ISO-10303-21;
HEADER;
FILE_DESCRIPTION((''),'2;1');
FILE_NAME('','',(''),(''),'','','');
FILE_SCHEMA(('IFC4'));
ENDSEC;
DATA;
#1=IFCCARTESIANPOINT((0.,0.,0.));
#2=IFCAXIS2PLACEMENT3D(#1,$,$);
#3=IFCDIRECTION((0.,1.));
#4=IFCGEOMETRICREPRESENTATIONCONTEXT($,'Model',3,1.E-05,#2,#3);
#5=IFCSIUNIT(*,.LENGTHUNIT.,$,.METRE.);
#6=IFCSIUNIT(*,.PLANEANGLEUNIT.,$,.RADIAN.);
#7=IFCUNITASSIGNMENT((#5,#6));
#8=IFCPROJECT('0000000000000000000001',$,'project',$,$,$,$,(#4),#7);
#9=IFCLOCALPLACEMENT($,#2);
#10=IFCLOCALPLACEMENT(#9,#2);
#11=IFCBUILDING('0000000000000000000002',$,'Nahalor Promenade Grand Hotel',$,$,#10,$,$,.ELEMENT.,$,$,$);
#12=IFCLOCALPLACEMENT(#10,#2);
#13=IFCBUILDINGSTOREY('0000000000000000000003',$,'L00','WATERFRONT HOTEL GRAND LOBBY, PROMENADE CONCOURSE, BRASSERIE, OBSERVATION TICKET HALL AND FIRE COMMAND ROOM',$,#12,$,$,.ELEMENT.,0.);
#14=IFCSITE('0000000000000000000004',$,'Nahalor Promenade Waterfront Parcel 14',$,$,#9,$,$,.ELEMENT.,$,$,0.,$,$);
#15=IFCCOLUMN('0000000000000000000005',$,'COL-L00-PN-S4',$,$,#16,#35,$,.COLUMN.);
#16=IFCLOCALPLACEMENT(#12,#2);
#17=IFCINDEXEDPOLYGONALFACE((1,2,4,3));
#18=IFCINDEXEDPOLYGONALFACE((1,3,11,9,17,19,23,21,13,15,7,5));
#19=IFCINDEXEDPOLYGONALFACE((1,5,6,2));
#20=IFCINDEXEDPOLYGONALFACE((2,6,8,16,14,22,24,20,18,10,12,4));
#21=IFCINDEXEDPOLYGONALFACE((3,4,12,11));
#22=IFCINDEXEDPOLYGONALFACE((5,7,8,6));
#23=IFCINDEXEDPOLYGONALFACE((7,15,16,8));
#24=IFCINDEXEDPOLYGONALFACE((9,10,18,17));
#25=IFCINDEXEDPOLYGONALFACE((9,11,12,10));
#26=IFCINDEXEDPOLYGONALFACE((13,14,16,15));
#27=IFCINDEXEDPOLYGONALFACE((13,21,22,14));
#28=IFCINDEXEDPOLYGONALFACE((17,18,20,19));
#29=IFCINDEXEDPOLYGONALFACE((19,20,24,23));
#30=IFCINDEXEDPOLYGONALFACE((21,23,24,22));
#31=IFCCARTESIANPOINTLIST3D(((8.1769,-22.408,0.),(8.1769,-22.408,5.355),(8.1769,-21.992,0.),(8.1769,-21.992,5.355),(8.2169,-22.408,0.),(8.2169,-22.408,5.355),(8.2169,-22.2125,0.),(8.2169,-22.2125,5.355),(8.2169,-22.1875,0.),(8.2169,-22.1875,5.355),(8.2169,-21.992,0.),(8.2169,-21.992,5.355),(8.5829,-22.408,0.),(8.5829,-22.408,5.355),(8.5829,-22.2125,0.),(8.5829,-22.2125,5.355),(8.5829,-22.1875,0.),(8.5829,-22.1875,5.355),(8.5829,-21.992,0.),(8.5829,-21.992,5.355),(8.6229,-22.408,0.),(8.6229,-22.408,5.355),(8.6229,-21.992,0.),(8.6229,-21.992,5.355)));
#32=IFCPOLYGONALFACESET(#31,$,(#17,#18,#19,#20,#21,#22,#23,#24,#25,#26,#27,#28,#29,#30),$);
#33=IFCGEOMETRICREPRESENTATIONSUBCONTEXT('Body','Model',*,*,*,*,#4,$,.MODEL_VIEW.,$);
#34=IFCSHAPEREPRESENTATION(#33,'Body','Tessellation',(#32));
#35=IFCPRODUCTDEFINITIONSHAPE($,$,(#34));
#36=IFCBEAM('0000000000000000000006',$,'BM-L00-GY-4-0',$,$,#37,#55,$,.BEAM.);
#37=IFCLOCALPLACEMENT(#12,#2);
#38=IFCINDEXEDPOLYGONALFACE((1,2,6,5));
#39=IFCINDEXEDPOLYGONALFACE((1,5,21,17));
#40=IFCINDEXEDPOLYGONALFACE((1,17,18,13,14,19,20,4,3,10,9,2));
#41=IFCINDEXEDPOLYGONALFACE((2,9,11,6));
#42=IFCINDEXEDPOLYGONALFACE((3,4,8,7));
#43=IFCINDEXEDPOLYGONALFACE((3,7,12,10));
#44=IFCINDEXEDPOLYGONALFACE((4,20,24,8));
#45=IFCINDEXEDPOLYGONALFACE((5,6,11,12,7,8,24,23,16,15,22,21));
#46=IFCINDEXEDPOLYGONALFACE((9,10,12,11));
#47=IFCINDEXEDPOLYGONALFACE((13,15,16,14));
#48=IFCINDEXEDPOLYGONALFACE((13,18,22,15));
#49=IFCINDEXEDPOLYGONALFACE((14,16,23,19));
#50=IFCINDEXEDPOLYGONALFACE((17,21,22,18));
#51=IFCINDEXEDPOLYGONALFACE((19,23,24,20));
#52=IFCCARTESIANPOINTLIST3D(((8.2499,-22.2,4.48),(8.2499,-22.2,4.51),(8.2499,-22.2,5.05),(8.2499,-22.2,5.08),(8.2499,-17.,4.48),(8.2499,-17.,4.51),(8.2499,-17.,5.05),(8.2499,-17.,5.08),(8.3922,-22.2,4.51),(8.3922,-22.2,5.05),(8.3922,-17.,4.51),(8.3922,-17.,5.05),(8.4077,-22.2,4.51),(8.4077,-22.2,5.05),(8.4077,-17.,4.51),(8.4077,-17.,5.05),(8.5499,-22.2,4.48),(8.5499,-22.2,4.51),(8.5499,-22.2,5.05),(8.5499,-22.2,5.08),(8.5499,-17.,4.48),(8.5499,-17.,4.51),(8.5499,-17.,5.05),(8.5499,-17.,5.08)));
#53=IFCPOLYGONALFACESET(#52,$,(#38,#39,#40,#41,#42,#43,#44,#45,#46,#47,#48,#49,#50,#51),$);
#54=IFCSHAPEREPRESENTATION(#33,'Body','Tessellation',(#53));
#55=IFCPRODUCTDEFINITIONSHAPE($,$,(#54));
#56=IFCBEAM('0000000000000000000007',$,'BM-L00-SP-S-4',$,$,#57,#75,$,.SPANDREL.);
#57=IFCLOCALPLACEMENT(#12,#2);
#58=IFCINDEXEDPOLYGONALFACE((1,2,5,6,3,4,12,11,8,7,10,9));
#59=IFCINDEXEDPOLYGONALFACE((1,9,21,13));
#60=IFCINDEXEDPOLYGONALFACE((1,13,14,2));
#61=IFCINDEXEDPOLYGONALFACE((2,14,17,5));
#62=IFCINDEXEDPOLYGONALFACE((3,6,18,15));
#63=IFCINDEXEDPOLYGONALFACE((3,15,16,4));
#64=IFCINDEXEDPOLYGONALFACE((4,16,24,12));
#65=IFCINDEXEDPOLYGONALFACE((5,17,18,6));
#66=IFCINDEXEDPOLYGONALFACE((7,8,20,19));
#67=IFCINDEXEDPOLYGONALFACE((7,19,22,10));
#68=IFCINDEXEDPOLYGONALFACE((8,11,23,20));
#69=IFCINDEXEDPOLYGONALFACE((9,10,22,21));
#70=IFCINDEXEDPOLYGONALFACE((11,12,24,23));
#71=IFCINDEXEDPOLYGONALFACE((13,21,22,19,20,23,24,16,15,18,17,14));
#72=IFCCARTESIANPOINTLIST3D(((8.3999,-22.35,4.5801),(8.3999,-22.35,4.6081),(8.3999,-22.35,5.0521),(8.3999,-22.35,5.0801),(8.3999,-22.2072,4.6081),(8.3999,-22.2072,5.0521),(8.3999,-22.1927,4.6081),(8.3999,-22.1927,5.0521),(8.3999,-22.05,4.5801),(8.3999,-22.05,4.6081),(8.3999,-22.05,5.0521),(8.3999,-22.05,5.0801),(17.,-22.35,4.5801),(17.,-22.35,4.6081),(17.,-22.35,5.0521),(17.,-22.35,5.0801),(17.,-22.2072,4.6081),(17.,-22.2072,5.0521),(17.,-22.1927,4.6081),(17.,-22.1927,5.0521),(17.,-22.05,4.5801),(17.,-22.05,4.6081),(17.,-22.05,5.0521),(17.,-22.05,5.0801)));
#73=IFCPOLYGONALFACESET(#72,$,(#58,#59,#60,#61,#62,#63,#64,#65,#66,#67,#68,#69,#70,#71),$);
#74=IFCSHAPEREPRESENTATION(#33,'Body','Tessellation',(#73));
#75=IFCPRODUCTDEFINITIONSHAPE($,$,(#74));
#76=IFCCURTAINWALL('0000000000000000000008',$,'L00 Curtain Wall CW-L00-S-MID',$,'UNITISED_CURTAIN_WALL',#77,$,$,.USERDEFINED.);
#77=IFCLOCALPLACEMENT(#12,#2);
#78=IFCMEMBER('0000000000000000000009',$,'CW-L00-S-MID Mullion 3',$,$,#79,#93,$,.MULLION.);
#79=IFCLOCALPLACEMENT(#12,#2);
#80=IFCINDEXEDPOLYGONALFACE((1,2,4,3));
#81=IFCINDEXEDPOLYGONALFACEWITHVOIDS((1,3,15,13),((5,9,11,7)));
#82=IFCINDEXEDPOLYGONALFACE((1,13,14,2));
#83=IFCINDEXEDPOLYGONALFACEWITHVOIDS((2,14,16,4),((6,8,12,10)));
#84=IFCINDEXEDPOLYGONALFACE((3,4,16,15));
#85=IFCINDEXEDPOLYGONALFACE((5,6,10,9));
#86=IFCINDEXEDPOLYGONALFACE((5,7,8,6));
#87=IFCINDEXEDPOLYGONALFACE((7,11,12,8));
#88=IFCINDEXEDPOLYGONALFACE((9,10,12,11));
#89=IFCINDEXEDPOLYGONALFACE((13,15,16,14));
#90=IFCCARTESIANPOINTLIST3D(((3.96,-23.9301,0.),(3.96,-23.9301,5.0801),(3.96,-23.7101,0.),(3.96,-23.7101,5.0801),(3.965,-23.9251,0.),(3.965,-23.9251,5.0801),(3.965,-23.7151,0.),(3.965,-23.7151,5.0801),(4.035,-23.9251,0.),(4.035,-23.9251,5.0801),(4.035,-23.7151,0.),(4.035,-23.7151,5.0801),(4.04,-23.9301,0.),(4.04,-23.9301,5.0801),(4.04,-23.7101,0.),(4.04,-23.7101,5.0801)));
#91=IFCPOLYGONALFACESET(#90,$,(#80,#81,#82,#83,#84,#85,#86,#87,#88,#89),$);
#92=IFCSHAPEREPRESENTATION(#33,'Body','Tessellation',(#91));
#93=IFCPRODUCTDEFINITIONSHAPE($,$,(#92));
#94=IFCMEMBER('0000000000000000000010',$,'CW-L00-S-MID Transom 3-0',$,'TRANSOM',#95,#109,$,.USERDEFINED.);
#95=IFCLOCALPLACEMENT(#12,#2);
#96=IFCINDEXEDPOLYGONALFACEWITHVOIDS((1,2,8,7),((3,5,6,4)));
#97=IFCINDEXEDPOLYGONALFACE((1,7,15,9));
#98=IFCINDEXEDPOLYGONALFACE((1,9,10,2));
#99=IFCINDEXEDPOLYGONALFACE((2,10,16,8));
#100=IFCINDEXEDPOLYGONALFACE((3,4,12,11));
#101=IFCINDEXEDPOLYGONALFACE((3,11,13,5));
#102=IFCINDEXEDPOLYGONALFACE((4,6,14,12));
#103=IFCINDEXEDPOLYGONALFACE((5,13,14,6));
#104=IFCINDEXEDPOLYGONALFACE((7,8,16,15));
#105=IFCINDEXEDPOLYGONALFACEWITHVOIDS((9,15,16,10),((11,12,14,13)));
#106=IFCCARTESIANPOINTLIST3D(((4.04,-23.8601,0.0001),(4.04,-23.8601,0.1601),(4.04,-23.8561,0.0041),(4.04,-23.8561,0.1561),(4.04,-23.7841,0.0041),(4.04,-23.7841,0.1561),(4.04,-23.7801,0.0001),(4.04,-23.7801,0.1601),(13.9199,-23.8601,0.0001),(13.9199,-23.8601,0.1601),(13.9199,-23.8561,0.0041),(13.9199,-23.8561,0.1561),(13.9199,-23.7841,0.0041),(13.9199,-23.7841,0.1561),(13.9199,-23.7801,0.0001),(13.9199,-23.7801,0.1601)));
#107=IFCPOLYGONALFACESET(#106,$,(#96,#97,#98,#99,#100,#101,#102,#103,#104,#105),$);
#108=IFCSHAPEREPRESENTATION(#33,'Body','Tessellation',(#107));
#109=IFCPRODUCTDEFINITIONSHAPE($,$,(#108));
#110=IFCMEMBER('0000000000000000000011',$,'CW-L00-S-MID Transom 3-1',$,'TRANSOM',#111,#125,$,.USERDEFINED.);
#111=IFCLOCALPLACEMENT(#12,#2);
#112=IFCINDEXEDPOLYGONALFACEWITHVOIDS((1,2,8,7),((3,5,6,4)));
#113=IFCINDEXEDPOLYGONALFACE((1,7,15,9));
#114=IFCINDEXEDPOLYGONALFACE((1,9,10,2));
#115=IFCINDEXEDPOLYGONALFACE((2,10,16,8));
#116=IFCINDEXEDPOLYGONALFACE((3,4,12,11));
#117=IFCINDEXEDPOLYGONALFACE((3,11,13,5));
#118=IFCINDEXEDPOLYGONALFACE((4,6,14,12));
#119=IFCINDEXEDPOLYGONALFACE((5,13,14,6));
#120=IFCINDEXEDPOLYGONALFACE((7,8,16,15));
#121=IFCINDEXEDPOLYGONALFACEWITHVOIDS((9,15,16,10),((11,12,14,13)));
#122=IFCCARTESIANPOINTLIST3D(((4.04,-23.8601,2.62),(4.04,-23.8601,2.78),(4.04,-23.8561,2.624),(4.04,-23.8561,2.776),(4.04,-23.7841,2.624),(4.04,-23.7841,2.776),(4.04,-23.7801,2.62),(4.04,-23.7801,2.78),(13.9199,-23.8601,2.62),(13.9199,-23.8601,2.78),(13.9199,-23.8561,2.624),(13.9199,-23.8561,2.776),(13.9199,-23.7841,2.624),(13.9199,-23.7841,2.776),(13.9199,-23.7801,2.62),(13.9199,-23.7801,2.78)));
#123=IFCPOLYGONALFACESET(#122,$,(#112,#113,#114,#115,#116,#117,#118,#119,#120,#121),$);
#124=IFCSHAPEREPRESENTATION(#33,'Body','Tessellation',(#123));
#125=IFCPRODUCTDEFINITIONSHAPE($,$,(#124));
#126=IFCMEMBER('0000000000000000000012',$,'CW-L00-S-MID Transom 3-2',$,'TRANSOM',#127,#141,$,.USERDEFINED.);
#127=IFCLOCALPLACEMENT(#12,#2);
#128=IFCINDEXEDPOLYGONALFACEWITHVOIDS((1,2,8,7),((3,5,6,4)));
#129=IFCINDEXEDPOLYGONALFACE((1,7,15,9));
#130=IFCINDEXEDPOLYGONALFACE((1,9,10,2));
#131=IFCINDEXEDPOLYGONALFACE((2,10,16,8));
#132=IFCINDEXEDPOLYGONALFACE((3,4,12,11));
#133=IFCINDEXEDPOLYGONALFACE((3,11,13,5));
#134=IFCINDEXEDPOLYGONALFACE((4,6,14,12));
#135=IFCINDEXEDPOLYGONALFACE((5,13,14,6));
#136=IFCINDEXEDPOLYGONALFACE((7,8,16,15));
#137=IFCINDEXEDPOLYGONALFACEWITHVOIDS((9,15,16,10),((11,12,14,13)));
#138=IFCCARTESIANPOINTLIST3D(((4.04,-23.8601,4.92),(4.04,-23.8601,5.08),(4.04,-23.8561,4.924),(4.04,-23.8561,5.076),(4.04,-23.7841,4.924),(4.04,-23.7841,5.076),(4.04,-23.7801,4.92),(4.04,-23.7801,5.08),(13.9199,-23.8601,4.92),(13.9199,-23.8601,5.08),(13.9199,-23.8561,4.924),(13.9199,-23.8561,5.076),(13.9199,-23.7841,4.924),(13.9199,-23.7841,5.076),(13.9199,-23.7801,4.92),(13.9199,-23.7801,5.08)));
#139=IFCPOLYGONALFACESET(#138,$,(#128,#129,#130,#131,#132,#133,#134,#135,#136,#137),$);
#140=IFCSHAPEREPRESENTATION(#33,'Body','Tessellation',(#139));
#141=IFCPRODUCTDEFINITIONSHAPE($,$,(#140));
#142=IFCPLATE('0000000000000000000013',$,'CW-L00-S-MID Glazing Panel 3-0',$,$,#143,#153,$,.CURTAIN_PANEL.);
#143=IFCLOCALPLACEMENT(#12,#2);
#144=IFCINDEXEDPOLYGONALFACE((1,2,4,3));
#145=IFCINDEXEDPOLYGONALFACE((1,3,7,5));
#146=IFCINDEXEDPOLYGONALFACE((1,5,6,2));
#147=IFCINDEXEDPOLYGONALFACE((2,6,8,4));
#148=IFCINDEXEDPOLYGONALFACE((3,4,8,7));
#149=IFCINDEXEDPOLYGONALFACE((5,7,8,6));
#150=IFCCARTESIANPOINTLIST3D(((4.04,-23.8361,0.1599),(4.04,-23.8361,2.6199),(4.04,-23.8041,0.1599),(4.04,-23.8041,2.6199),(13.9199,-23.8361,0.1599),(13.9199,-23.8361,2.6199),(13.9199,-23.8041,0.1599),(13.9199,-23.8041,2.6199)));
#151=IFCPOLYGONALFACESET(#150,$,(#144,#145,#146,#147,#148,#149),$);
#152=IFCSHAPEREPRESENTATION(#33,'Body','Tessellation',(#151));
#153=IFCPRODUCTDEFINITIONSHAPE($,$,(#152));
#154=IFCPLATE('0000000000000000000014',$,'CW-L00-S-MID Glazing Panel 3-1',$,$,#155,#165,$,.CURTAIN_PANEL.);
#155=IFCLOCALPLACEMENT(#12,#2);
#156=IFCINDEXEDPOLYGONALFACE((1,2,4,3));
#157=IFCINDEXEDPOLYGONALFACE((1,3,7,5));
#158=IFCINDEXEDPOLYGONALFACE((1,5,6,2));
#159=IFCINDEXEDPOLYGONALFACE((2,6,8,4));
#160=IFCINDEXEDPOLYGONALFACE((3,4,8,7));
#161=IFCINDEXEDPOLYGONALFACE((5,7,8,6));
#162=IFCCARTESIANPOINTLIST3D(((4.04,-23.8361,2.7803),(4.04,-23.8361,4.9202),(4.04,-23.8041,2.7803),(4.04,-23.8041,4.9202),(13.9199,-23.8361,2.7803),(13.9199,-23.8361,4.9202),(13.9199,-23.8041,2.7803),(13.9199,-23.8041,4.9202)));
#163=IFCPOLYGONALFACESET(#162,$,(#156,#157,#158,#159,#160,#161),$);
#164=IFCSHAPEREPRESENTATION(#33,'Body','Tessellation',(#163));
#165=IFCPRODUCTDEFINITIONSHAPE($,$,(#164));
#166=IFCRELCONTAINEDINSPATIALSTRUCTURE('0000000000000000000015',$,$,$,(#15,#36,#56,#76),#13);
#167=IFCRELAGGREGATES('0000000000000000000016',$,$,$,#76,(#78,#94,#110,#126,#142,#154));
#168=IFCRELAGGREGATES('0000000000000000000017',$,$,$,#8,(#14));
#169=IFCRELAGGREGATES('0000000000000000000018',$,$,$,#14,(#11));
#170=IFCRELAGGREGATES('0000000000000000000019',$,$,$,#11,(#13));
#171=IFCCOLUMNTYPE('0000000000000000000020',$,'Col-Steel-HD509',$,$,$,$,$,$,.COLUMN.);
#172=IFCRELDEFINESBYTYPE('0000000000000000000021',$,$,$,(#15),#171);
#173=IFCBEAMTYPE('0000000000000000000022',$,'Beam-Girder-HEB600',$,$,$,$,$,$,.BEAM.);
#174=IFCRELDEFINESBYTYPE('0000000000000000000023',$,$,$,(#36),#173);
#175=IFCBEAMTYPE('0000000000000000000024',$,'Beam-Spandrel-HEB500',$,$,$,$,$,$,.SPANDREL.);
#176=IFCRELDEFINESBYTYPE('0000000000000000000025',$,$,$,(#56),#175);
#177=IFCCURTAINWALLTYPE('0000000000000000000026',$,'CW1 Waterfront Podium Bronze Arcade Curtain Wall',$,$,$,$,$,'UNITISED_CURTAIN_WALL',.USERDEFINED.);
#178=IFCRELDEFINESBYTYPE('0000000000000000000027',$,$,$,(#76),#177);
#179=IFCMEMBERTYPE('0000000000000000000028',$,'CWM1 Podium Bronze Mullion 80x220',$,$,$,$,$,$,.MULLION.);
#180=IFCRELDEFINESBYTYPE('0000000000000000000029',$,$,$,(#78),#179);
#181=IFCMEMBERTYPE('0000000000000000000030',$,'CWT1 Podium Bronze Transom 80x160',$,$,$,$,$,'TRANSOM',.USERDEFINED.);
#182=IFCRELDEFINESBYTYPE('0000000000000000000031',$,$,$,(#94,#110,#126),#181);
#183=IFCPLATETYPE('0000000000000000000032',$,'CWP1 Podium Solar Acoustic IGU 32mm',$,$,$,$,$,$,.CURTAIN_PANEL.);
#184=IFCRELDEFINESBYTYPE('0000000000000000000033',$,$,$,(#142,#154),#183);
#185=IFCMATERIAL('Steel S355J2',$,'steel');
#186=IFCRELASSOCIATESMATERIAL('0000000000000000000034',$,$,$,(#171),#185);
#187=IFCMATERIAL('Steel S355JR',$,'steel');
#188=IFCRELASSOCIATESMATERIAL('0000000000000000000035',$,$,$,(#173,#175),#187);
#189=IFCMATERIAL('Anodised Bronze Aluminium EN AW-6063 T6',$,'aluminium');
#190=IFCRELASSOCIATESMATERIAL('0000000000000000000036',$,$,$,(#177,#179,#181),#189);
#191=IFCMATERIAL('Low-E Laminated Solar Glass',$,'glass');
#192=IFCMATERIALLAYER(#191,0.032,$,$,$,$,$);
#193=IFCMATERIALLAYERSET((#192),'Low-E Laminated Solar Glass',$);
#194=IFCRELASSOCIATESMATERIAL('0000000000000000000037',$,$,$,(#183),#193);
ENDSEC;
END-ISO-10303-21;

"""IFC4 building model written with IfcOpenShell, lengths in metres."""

from ifc_helpers import new_model, si_unit, direction, frame, origin, origin_2d, place, context, subcontext, project, spatial, rectangle, hollow_rectangle, i_section, extrude, source, transform, mapped, material, layer, layer_set, material_profile, profile_set, type_object, element, aggregate, save


model = new_model("IFC4")

# Units and contexts
model_context = context("Model", 3, precision=1e-05, world=origin(), true_north=direction((0.0, 1.0)))
body_context = subcontext(model_context, "Body", "Model", "MODEL_VIEW")
ifc_project = project(units=[si_unit("LENGTHUNIT", "METRE"), si_unit("PLANEANGLEUNIT", "RADIAN")], contexts=[model_context])

# Site, building, storey
site_placement = place(None, origin())
site = spatial("IfcSite", under=ifc_project, at=site_placement, Name="Nahalor Promenade Waterfront Parcel 14", CompositionType="ELEMENT", RefElevation=0.0)
building_placement = place(site_placement, origin())
building = spatial("IfcBuilding", under=site, at=building_placement, Name="Nahalor Promenade Grand Hotel", CompositionType="ELEMENT")
storey_placement = place(building_placement, origin())
storey = spatial("IfcBuildingStorey", under=building, at=storey_placement, Name="L00", Description="WATERFRONT HOTEL GRAND LOBBY, PROMENADE CONCOURSE, BRASSERIE, OBSERVATION TICKET HALL AND FIRE COMMAND ROOM", CompositionType="ELEMENT", Elevation=0.0)

# Column
ifc_material_1 = material(Name="Steel S355J2", Category="steel")
ifc_material_profile_1 = material_profile(ifc_material_1, i_section(OverallWidth=0.416, OverallDepth=0.446, WebThickness=0.025, FlangeThickness=0.04, at=origin_2d()), Name="HD 400x509")
ifc_profile_set_1 = profile_set([ifc_material_profile_1], Name="Steel S355J2")
column_type = type_object("IfcColumnType", Name="Col-Steel-HD509", PredefinedType="COLUMN", material=ifc_profile_set_1)
shared_shape_1 = source(origin(), body_context, "Body", "SweptSolid", [
    extrude(i_section(OverallWidth=0.416, OverallDepth=0.446, WebThickness=0.025, FlangeThickness=0.04, at=origin_2d()), origin(), (0.0, 0.0, 1.0), 5.355),
])
column_placement = place(storey_placement, frame((8.3999, -22.2, 0.0), z_axis=(0.0, 0.0, 1.0), x_axis=(0.0, 1.0, 0.0)))
element("IfcColumn", 1, at=column_placement, inside=storey, type_object=column_type, Name="COL-L00-PN-S4", PredefinedType="COLUMN", context=body_context, shape_type="MappedRepresentation", body=[
    mapped(shared_shape_1, transform((0.0, 0.0, 0.0), scale=1.0)),
])

# Beams
ifc_material_2 = material(Name="Steel S355JR", Category="steel")
ifc_material_profile_2 = material_profile(ifc_material_2, i_section(OverallWidth=0.3, OverallDepth=0.6, WebThickness=0.0155, FlangeThickness=0.03, at=origin_2d()), Name="HEB 600")
ifc_profile_set_2 = profile_set([ifc_material_profile_2], Name="Steel S355JR")
beam_type_1 = type_object("IfcBeamType", Name="Beam-Girder-HEB600", PredefinedType="BEAM", material=ifc_profile_set_2)
shared_shape_2 = source(origin(), body_context, "Body", "SweptSolid", [
    extrude(i_section(OverallWidth=0.3, OverallDepth=0.6, WebThickness=0.0155, FlangeThickness=0.03, at=origin_2d()), origin(), (0.0, 0.0, 1.0), 5.2),
])
beam_1_placement = place(storey_placement, frame((8.3999, -22.2, 4.78), z_axis=(0.0, 1.0, 0.0), x_axis=(-1.0, 0.0, 0.0)))
element("IfcBeam", 2, at=beam_1_placement, inside=storey, type_object=beam_type_1, Name="BM-L00-GY-4-0", PredefinedType="BEAM", context=body_context, shape_type="MappedRepresentation", body=[
    mapped(shared_shape_2, transform((0.0, 0.0, 0.0), scale=1.0)),
])
ifc_material_profile_3 = material_profile(ifc_material_2, i_section(OverallWidth=0.3, OverallDepth=0.5, WebThickness=0.0145, FlangeThickness=0.028, at=origin_2d()), Name="HEB 500")
ifc_profile_set_3 = profile_set([ifc_material_profile_3], Name="Steel S355JR")
beam_type_2 = type_object("IfcBeamType", Name="Beam-Spandrel-HEB500", PredefinedType="SPANDREL", material=ifc_profile_set_3)
shared_shape_3 = source(origin(), body_context, "Body", "SweptSolid", [
    extrude(i_section(OverallWidth=0.3, OverallDepth=0.5, WebThickness=0.0145, FlangeThickness=0.028, at=origin_2d()), origin(), (0.0, 0.0, 1.0), 8.6001),
])
beam_2_placement = place(storey_placement, frame((8.3999, -22.2, 4.8301), z_axis=(1.0, 0.0, 0.0), x_axis=(0.0, 1.0, 0.0)))
element("IfcBeam", 3, at=beam_2_placement, inside=storey, type_object=beam_type_2, Name="BM-L00-SP-S-4", PredefinedType="SPANDREL", context=body_context, shape_type="MappedRepresentation", body=[
    mapped(shared_shape_3, transform((0.0, 0.0, 0.0), scale=1.0)),
])

# Curtain wall, members, plates
ifc_material_3 = material(Name="Anodised Bronze Aluminium EN AW-6063 T6", Category="aluminium")
curtain_wall_type = type_object("IfcCurtainWallType", Name="CW1 Waterfront Podium Bronze Arcade Curtain Wall", ElementType="UNITISED_CURTAIN_WALL", PredefinedType="USERDEFINED", material=ifc_material_3)
curtain_wall_placement = place(storey_placement, origin())
curtain_wall = element("IfcCurtainWall", 4, at=curtain_wall_placement, inside=storey, type_object=curtain_wall_type, Name="L00 Curtain Wall CW-L00-S-MID", ObjectType="UNITISED_CURTAIN_WALL", PredefinedType="USERDEFINED")
ifc_material_profile_4 = material_profile(ifc_material_3, hollow_rectangle(XDim=0.08, YDim=0.22, WallThickness=0.005, at=origin_2d()), Name="CWM 80x220x5")
ifc_profile_set_4 = profile_set([ifc_material_profile_4], Name="Anodised Bronze Aluminium EN AW-6063 T6")
member_type_1 = type_object("IfcMemberType", Name="CWM1 Podium Bronze Mullion 80x220", PredefinedType="MULLION", material=ifc_profile_set_4)
shared_shape_4 = source(origin(), body_context, "Body", "SweptSolid", [
    extrude(hollow_rectangle(XDim=0.08, YDim=0.22, WallThickness=0.005, at=origin_2d()), origin(), (0.0, 0.0, 1.0), 5.0801),
])
member_1_placement = place(storey_placement, frame((4.0, -23.8201, 0.0), z_axis=(0.0, 0.0, 1.0), x_axis=(1.0, 0.0, 0.0)))
member_1 = element("IfcMember", 5, at=member_1_placement, type_object=member_type_1, Name="CW-L00-S-MID Mullion 3", PredefinedType="MULLION", context=body_context, shape_type="MappedRepresentation", body=[
    mapped(shared_shape_4, transform((0.0, 0.0, 0.0), scale=1.0)),
])
ifc_material_profile_5 = material_profile(ifc_material_3, hollow_rectangle(XDim=0.08, YDim=0.16, WallThickness=0.004, at=origin_2d()), Name="CWT 80x160x4")
ifc_profile_set_5 = profile_set([ifc_material_profile_5], Name="Anodised Bronze Aluminium EN AW-6063 T6")
member_type_2 = type_object("IfcMemberType", Name="CWT1 Podium Bronze Transom 80x160", ElementType="TRANSOM", PredefinedType="USERDEFINED", material=ifc_profile_set_5)
shared_shape_5 = source(origin(), body_context, "Body", "SweptSolid", [
    extrude(hollow_rectangle(XDim=0.08, YDim=0.16, WallThickness=0.004, at=origin_2d()), origin(), (0.0, 0.0, 1.0), 9.8799),
])
member_2_placement = place(storey_placement, frame((4.04, -23.8201, 0.0801), z_axis=(1.0, 0.0, 0.0), x_axis=(0.0, 1.0, 0.0)))
member_2 = element("IfcMember", 6, at=member_2_placement, type_object=member_type_2, Name="CW-L00-S-MID Transom 3-0", ObjectType="TRANSOM", PredefinedType="USERDEFINED", context=body_context, shape_type="MappedRepresentation", body=[
    mapped(shared_shape_5, transform((0.0, 0.0, 0.0), scale=1.0)),
])
member_3_placement = place(storey_placement, frame((4.04, -23.8201, 2.7), z_axis=(1.0, 0.0, 0.0), x_axis=(0.0, 1.0, 0.0)))
member_3 = element("IfcMember", 7, at=member_3_placement, type_object=member_type_2, Name="CW-L00-S-MID Transom 3-1", ObjectType="TRANSOM", PredefinedType="USERDEFINED", context=body_context, shape_type="MappedRepresentation", body=[
    mapped(shared_shape_5, transform((0.0, 0.0, 0.0), scale=1.0)),
])
member_4_placement = place(storey_placement, frame((4.04, -23.8201, 5.0), z_axis=(1.0, 0.0, 0.0), x_axis=(0.0, 1.0, 0.0)))
member_4 = element("IfcMember", 8, at=member_4_placement, type_object=member_type_2, Name="CW-L00-S-MID Transom 3-2", ObjectType="TRANSOM", PredefinedType="USERDEFINED", context=body_context, shape_type="MappedRepresentation", body=[
    mapped(shared_shape_5, transform((0.0, 0.0, 0.0), scale=1.0)),
])
ifc_material_4 = material(Name="Low-E Laminated Solar Glass", Category="glass")
ifc_layer_1 = layer(ifc_material_4, 0.032)
ifc_layer_set_1 = layer_set([ifc_layer_1], Name="Low-E Laminated Solar Glass")
plate_type = type_object("IfcPlateType", Name="CWP1 Podium Solar Acoustic IGU 32mm", PredefinedType="CURTAIN_PANEL", material=ifc_layer_set_1)
shared_shape_6 = source(origin(), body_context, "Body", "SweptSolid", [
    extrude(rectangle(XDim=9.8799, YDim=0.032, at=origin_2d()), origin(), (0.0, 0.0, 1.0), 2.46),
])
plate_1_placement = place(storey_placement, frame((8.98, -23.8201, 0.1599), z_axis=(0.0, 0.0, 1.0), x_axis=(1.0, 0.0, 0.0)))
plate_1 = element("IfcPlate", 9, at=plate_1_placement, type_object=plate_type, Name="CW-L00-S-MID Glazing Panel 3-0", PredefinedType="CURTAIN_PANEL", context=body_context, shape_type="MappedRepresentation", body=[
    mapped(shared_shape_6, transform((0.0, 0.0, 0.0), scale=1.0)),
])
shared_shape_7 = source(origin(), body_context, "Body", "SweptSolid", [
    extrude(rectangle(XDim=9.8799, YDim=0.032, at=origin_2d()), origin(), (0.0, 0.0, 1.0), 2.1399),
])
plate_2_placement = place(storey_placement, frame((8.98, -23.8201, 2.7803), z_axis=(0.0, 0.0, 1.0), x_axis=(1.0, 0.0, 0.0)))
plate_2 = element("IfcPlate", 10, at=plate_2_placement, type_object=plate_type, Name="CW-L00-S-MID Glazing Panel 3-1", PredefinedType="CURTAIN_PANEL", context=body_context, shape_type="MappedRepresentation", body=[
    mapped(shared_shape_7, transform((0.0, 0.0, 0.0), scale=1.0)),
])
aggregate(curtain_wall, [member_1, member_2, member_3, member_4, plate_1, plate_2])

save(model, "model.ifc")
